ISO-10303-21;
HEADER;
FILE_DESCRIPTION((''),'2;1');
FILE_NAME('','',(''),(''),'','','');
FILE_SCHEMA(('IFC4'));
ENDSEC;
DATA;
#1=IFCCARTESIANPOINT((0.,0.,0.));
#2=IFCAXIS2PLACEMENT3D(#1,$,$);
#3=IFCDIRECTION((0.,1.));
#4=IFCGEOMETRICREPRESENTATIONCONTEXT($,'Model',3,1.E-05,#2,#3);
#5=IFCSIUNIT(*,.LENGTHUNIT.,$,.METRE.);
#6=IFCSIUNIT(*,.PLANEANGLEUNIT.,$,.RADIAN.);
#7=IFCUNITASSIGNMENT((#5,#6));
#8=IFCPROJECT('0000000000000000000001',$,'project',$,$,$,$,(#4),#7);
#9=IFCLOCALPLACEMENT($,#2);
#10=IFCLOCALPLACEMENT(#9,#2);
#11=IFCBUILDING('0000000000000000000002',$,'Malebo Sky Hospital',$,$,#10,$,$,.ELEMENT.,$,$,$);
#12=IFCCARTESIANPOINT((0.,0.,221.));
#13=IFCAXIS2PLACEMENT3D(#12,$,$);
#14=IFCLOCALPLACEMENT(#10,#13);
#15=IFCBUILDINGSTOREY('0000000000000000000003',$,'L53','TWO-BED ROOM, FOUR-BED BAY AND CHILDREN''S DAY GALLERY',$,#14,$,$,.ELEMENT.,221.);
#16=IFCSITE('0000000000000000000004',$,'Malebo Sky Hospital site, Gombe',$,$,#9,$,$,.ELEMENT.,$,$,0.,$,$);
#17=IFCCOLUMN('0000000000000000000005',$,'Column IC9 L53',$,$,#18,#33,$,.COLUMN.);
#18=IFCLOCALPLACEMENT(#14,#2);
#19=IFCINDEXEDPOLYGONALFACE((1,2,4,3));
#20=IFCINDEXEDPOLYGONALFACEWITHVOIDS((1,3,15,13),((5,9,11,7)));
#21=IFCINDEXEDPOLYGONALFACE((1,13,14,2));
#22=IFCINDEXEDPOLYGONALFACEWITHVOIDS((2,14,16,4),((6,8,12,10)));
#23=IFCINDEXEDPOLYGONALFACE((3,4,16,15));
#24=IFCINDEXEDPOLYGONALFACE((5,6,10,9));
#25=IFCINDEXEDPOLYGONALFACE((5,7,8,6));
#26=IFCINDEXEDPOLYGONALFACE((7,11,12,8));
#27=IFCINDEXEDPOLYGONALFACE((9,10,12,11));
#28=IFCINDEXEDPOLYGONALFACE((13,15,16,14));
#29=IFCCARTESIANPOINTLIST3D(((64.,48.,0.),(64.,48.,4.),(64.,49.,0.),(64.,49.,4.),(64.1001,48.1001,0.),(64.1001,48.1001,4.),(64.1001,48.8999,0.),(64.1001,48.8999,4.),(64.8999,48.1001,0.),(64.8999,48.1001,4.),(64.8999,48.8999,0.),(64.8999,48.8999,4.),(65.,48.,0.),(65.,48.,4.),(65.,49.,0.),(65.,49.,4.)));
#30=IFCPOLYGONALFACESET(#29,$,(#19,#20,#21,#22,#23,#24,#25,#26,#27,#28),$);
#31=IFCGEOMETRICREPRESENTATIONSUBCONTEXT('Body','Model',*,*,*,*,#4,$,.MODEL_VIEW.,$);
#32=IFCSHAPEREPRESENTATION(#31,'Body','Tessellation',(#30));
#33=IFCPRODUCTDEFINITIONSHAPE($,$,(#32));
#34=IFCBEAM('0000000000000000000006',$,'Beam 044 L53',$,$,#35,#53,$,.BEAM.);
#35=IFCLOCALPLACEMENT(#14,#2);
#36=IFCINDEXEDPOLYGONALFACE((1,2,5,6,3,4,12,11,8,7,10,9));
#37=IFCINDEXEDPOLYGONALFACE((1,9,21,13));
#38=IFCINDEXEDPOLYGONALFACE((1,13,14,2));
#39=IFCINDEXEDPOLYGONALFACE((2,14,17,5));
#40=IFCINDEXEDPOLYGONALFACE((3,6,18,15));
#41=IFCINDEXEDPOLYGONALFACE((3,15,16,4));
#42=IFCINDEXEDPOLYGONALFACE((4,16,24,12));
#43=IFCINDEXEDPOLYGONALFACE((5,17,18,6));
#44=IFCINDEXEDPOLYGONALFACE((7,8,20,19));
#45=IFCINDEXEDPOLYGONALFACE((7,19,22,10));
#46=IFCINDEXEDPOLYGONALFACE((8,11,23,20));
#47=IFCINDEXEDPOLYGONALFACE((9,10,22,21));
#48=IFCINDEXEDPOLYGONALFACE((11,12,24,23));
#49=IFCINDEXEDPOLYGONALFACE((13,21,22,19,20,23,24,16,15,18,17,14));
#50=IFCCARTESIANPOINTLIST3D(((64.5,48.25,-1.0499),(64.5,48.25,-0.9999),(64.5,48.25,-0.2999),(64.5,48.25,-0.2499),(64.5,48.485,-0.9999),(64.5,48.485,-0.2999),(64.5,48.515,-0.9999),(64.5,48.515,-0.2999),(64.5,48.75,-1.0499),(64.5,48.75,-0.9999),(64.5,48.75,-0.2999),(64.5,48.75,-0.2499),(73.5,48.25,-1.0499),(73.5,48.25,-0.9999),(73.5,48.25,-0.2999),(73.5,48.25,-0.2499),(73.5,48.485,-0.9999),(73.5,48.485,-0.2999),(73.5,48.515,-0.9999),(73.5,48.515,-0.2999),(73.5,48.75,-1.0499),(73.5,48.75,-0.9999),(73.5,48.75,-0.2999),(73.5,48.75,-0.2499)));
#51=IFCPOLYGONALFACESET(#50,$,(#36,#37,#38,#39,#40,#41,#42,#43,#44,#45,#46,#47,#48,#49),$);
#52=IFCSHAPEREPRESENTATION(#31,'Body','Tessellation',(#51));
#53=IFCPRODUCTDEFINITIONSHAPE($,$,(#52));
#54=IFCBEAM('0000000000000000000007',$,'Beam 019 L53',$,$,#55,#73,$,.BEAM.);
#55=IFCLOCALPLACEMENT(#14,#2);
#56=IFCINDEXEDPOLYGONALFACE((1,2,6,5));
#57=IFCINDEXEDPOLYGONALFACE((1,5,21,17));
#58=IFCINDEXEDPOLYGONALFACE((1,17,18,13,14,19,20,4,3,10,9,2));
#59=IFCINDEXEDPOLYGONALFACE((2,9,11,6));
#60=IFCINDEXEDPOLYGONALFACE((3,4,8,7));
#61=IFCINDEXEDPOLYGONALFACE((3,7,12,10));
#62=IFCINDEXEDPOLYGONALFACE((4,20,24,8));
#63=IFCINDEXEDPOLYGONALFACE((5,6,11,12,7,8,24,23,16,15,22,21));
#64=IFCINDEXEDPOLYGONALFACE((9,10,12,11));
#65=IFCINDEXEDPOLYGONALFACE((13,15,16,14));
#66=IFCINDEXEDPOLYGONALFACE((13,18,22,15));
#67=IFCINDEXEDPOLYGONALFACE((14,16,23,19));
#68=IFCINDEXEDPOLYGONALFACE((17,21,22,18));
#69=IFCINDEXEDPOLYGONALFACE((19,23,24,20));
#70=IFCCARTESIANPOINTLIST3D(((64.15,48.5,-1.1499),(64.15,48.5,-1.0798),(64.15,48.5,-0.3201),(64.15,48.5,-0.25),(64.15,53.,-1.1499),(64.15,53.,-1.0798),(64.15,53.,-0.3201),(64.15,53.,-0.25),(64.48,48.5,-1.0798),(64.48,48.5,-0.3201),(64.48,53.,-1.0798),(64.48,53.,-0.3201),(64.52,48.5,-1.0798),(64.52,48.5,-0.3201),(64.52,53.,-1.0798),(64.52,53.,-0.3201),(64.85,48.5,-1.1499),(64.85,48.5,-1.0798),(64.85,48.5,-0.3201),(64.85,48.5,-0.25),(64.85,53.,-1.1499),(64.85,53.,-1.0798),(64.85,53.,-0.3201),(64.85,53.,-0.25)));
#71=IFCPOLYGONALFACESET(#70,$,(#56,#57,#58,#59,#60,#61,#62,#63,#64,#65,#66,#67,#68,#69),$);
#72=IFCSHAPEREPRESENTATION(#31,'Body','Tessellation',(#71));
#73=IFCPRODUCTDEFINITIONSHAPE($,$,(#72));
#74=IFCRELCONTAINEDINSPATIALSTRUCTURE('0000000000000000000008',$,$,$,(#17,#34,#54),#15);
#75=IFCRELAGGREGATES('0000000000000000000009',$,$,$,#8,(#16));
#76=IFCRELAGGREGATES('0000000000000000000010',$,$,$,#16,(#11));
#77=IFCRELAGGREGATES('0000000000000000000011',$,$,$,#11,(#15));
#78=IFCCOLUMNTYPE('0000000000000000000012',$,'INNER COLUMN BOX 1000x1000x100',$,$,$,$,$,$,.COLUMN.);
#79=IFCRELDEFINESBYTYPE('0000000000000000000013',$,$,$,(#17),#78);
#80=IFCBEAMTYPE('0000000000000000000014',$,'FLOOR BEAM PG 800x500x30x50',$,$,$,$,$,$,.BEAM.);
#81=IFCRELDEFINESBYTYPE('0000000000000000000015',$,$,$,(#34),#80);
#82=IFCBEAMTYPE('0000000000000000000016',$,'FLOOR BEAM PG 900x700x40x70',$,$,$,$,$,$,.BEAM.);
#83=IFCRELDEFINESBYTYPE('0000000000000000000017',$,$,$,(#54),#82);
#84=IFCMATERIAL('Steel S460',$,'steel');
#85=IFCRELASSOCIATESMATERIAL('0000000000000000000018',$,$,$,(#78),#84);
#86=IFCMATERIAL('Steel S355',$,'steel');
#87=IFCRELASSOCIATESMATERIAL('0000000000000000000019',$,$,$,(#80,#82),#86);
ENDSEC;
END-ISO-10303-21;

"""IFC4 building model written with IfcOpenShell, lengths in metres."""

from ifc_helpers import new_model, si_unit, direction, frame, origin, origin_2d, place, context, subcontext, project, spatial, hollow_rectangle, i_section, extrude, material, material_profile, profile_set, type_object, element, save


model = new_model("IFC4")

# Units and contexts
model_context = context("Model", 3, precision=1e-05, world=origin(), true_north=direction((0.0, 1.0)))
body_context = subcontext(model_context, "Body", "Model", "MODEL_VIEW")
ifc_project = project(units=[si_unit("LENGTHUNIT", "METRE"), si_unit("PLANEANGLEUNIT", "RADIAN")], contexts=[model_context])

# Site, building, storey
site_placement = place(None, origin())
site = spatial("IfcSite", under=ifc_project, at=site_placement, Name="Malebo Sky Hospital site, Gombe", CompositionType="ELEMENT", RefElevation=0.0)
building_placement = place(site_placement, origin())
building = spatial("IfcBuilding", under=site, at=building_placement, Name="Malebo Sky Hospital", CompositionType="ELEMENT")
storey_placement = place(building_placement, frame((0.0, 0.0, 221.0)))
storey = spatial("IfcBuildingStorey", under=building, at=storey_placement, Name="L53", Description="TWO-BED ROOM, FOUR-BED BAY AND CHILDREN'S DAY GALLERY", CompositionType="ELEMENT", Elevation=221.0)

# Column
ifc_material_1 = material(Name="Steel S460", Category="steel")
ifc_material_profile_1 = material_profile(ifc_material_1, hollow_rectangle(XDim=1.0, YDim=1.0, WallThickness=0.1001, at=origin_2d()), Name="BOX 1000x1000x100")
ifc_profile_set_1 = profile_set([ifc_material_profile_1], Name="Steel S460")
column_type = type_object("IfcColumnType", Name="INNER COLUMN BOX 1000x1000x100", PredefinedType="COLUMN", material=ifc_profile_set_1)
column_placement = place(storey_placement, frame((64.5, 48.5, 0.0), z_axis=(0.0, 0.0, 1.0), x_axis=(1.0, 0.0, 0.0)))
element("IfcColumn", 1, at=column_placement, inside=storey, type_object=column_type, Name="Column IC9 L53", PredefinedType="COLUMN", context=body_context, shape_type="SweptSolid", body=[
    extrude(hollow_rectangle(XDim=1.0, YDim=1.0, WallThickness=0.1001, at=origin_2d()), origin(), (0.0, 0.0, 1.0), 4.0),
])

# Beams
ifc_material_2 = material(Name="Steel S355", Category="steel")
ifc_material_profile_2 = material_profile(ifc_material_2, i_section(OverallWidth=0.5, OverallDepth=0.8, WebThickness=0.03, FlangeThickness=0.05, at=origin_2d()), Name="PG 800x500x30x50")
ifc_profile_set_2 = profile_set([ifc_material_profile_2], Name="Steel S355")
beam_type_1 = type_object("IfcBeamType", Name="FLOOR BEAM PG 800x500x30x50", PredefinedType="BEAM", material=ifc_profile_set_2)
beam_1_placement = place(storey_placement, frame((64.5, 48.5, -0.6499), z_axis=(1.0, 0.0, 0.0), x_axis=(0.0, 1.0, 0.0)))
element("IfcBeam", 2, at=beam_1_placement, inside=storey, type_object=beam_type_1, Name="Beam 044 L53", PredefinedType="BEAM", context=body_context, shape_type="SweptSolid", body=[
    extrude(i_section(OverallWidth=0.5, OverallDepth=0.8, WebThickness=0.03, FlangeThickness=0.05, at=origin_2d()), origin(), (0.0, 0.0, 1.0), 9.0),
])
ifc_material_profile_3 = material_profile(ifc_material_2, i_section(OverallWidth=0.7, OverallDepth=0.8999, WebThickness=0.04, FlangeThickness=0.0701, at=origin_2d()), Name="PG 900x700x40x70")
ifc_profile_set_3 = profile_set([ifc_material_profile_3], Name="Steel S355")
beam_type_2 = type_object("IfcBeamType", Name="FLOOR BEAM PG 900x700x40x70", PredefinedType="BEAM", material=ifc_profile_set_3)
beam_2_placement = place(storey_placement, frame((64.5, 48.5, -0.7), z_axis=(0.0, 1.0, 0.0), x_axis=(-1.0, 0.0, 0.0)))
element("IfcBeam", 3, at=beam_2_placement, inside=storey, type_object=beam_type_2, Name="Beam 019 L53", PredefinedType="BEAM", context=body_context, shape_type="SweptSolid", body=[
    extrude(i_section(OverallWidth=0.7, OverallDepth=0.8999, WebThickness=0.04, FlangeThickness=0.0701, at=origin_2d()), origin(), (0.0, 0.0, 1.0), 4.5),
])

save(model, "model.ifc")
